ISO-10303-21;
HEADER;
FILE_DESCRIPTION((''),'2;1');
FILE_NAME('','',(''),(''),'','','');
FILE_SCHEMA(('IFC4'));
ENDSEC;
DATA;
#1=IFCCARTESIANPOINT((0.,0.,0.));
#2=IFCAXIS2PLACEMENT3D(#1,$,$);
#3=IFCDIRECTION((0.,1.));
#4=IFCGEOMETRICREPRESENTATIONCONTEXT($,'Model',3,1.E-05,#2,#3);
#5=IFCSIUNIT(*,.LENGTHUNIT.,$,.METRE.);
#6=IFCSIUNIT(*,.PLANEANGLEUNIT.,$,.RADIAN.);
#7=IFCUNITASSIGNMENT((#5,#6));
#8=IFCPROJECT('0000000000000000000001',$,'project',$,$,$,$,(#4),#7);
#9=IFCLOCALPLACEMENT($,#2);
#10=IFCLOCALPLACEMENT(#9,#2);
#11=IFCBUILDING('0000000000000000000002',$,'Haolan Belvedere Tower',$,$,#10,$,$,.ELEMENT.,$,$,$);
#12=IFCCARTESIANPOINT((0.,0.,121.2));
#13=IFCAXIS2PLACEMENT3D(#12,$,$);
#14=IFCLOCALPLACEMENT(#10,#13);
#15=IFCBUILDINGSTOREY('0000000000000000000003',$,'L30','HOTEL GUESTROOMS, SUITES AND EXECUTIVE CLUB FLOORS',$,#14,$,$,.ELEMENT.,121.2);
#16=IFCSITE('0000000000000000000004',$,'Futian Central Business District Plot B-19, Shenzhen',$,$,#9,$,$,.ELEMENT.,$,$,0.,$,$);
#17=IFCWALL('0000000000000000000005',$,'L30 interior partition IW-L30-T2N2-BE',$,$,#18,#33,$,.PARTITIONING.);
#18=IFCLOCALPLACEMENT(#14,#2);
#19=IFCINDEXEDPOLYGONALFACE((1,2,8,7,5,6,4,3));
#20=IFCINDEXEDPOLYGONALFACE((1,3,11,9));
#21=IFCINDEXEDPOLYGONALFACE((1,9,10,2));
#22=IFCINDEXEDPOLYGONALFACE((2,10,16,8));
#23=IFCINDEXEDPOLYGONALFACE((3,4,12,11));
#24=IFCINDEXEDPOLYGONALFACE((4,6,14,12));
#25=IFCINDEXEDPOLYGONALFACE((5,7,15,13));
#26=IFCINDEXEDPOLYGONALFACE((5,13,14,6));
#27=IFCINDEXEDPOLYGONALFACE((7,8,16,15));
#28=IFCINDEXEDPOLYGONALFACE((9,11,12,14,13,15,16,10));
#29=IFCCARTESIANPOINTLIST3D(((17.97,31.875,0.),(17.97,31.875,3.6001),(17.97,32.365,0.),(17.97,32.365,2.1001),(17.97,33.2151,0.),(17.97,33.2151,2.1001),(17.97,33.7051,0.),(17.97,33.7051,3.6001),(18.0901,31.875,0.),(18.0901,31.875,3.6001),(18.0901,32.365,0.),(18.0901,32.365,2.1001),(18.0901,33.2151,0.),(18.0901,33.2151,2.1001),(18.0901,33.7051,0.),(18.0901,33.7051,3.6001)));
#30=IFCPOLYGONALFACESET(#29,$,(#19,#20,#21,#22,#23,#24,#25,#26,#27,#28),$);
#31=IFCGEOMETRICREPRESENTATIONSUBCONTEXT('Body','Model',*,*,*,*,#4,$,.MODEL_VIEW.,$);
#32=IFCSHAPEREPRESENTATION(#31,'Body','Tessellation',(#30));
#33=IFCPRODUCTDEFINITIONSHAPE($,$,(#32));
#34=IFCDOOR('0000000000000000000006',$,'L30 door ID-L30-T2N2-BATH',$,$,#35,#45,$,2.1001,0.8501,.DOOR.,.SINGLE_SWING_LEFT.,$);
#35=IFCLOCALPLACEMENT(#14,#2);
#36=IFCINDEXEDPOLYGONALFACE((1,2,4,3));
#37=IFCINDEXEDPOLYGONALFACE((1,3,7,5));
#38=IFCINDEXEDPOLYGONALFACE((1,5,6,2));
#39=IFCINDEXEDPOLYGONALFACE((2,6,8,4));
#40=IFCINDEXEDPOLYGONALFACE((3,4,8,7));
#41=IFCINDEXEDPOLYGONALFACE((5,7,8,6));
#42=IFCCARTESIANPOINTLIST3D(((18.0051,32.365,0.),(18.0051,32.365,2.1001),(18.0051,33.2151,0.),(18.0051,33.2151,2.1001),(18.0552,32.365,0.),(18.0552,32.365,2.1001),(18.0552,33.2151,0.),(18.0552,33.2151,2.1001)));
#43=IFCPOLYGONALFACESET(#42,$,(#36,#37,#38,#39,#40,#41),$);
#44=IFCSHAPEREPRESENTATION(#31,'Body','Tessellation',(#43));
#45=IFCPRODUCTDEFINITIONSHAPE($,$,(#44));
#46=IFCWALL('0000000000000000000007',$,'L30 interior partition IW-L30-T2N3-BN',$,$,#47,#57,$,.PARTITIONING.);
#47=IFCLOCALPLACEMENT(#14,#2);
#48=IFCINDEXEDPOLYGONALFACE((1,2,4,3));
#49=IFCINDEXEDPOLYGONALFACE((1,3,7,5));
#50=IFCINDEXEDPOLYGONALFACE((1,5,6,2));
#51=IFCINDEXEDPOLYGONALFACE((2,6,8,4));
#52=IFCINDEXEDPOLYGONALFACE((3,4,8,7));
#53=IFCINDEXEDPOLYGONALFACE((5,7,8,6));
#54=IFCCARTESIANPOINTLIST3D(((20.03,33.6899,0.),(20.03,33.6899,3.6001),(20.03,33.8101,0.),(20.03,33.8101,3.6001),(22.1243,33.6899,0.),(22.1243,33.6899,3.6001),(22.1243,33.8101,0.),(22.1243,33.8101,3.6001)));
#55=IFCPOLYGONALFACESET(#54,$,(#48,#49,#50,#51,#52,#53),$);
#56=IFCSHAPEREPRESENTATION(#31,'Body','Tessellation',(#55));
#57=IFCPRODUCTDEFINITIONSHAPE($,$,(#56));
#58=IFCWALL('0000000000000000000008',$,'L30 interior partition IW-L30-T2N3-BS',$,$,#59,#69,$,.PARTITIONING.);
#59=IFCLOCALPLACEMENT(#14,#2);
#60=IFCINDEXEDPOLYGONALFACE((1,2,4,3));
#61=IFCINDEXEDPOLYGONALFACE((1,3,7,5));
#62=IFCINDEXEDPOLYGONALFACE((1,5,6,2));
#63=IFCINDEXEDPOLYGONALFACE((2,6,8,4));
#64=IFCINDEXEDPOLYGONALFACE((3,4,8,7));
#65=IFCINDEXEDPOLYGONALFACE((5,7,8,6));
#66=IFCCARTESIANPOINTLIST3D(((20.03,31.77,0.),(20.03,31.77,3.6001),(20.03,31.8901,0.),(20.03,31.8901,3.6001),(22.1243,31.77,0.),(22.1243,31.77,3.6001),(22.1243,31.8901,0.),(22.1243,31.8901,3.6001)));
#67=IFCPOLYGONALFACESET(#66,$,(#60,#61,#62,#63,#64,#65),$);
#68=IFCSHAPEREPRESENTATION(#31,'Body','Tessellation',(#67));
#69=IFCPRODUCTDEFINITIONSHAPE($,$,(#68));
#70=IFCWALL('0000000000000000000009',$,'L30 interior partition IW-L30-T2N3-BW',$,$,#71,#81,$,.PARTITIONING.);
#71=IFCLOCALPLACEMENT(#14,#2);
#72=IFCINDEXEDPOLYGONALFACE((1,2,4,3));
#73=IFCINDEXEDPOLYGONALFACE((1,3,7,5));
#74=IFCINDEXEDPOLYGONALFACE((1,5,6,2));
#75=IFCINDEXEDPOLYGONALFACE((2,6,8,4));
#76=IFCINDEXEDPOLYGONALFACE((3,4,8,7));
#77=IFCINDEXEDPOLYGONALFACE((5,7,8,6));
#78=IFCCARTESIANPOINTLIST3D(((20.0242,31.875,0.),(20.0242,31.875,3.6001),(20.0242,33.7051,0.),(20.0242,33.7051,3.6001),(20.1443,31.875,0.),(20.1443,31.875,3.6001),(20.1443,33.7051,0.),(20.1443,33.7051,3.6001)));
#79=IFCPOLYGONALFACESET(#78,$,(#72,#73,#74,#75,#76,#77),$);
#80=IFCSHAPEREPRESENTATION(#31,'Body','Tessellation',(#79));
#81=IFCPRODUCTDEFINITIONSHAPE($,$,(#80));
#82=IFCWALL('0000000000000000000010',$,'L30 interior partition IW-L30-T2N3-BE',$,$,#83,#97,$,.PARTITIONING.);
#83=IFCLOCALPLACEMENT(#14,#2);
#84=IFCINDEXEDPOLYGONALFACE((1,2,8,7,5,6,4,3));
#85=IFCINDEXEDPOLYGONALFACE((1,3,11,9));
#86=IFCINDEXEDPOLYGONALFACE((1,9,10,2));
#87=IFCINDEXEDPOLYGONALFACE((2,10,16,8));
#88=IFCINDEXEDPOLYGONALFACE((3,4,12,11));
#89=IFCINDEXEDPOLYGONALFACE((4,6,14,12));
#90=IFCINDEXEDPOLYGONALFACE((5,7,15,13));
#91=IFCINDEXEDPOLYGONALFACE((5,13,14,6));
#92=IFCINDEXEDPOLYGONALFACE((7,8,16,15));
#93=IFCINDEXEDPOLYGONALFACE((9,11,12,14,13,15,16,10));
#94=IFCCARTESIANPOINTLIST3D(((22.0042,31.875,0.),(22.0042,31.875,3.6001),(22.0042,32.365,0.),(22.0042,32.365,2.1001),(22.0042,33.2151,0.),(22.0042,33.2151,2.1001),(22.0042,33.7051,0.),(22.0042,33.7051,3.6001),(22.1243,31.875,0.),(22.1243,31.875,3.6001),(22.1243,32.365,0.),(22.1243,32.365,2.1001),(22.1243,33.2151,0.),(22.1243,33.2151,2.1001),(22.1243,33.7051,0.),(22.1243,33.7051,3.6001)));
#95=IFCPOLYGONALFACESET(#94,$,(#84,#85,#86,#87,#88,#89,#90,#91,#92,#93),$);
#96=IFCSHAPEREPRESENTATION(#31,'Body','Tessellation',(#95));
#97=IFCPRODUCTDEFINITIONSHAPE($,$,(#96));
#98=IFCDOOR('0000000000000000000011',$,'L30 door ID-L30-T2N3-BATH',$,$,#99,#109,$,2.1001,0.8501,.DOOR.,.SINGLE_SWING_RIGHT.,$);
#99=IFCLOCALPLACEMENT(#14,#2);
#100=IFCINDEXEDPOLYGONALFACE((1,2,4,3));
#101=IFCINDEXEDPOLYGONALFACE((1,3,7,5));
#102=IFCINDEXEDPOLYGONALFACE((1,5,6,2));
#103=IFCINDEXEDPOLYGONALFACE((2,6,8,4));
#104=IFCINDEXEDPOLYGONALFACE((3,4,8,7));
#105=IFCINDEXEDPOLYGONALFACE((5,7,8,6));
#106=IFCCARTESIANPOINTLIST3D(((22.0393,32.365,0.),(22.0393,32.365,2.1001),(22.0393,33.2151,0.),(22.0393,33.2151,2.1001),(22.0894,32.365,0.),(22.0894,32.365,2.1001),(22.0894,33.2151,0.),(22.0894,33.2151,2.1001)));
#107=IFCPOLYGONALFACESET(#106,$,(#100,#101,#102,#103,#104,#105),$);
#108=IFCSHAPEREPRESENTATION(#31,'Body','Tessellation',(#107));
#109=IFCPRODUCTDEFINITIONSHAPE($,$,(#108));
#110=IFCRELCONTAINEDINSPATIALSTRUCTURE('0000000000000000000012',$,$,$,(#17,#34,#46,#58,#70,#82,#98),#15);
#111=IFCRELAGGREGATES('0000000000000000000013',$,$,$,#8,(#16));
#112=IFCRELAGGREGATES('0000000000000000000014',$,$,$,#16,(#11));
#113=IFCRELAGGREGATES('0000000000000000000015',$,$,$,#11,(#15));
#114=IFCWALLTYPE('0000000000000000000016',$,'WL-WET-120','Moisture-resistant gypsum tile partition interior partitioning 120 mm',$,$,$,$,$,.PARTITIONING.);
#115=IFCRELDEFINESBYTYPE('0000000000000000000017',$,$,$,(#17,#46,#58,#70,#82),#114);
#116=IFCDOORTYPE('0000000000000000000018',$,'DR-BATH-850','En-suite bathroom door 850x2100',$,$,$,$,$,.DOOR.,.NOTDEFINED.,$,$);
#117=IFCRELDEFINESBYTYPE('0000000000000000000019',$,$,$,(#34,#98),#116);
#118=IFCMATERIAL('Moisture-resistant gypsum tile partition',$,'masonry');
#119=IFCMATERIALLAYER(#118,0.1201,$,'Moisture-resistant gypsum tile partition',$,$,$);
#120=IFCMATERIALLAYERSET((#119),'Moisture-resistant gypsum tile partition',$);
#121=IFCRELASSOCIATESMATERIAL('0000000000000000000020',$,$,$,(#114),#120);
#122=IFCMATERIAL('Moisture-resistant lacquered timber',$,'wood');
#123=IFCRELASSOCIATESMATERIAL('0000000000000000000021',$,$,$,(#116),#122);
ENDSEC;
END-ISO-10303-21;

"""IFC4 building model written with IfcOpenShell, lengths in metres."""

from ifc_helpers import new_model, si_unit, direction, frame, frame_2d, origin, place, context, subcontext, project, spatial, rectangle, extrude, material, layer, layer_set, type_object, element, fill, save


model = new_model("IFC4")

# Units and contexts
model_context = context("Model", 3, precision=1e-05, world=origin(), true_north=direction((0.0, 1.0)))
body_context = subcontext(model_context, "Body", "Model", "MODEL_VIEW")
ifc_project = project(units=[si_unit("LENGTHUNIT", "METRE"), si_unit("PLANEANGLEUNIT", "RADIAN")], contexts=[model_context])

# Site, building, storey
site_placement = place(None, origin())
site = spatial("IfcSite", under=ifc_project, at=site_placement, Name="Futian Central Business District Plot B-19, Shenzhen", CompositionType="ELEMENT", RefElevation=0.0)
building_placement = place(site_placement, origin())
building = spatial("IfcBuilding", under=site, at=building_placement, Name="Haolan Belvedere Tower", CompositionType="ELEMENT")
storey_placement = place(building_placement, frame((0.0, 0.0, 121.2)))
storey = spatial("IfcBuildingStorey", under=building, at=storey_placement, Name="L30", Description="HOTEL GUESTROOMS, SUITES AND EXECUTIVE CLUB FLOORS", CompositionType="ELEMENT", Elevation=121.2)

# Wall, opening, door
ifc_material_1 = material(Name="Moisture-resistant gypsum tile partition", Category="masonry")
ifc_layer_1 = layer(ifc_material_1, 0.1201, Name="Moisture-resistant gypsum tile partition")
ifc_layer_set_1 = layer_set([ifc_layer_1], Name="Moisture-resistant gypsum tile partition")
wall_type_1 = type_object("IfcWallType", Name="WL-WET-120", Description="Moisture-resistant gypsum tile partition interior partitioning 120 mm", PredefinedType="PARTITIONING", material=ifc_layer_set_1)
wall_1_placement = place(storey_placement, frame((18.03, 31.875, 0.0), z_axis=(0.0, 0.0, 1.0), x_axis=(0.0, 1.0, 0.0)))
wall_1 = element("IfcWall", 1, at=wall_1_placement, inside=storey, type_object=wall_type_1, Name="L30 interior partition IW-L30-T2N2-BE", PredefinedType="PARTITIONING", context=body_context, shape_type="SweptSolid", body=[
    extrude(rectangle(XDim=1.8301, YDim=0.1201, at=frame_2d((0.915, 0.0))), origin(), (0.0, 0.0, 1.0), 3.6001),
])
opening_1_placement = place(wall_1_placement, frame((0.49, 0.0, 0.0)))
opening_1 = element("IfcOpeningElement", 2, at=opening_1_placement, cuts=wall_1, PredefinedType="OPENING", context=body_context, shape_type="SweptSolid", body=[
    extrude(rectangle(XDim=0.8501, YDim=2.1001, at=frame_2d((0.425, 1.05))), frame((0.0, 0.0701, 0.0), z_axis=(0.0, -1.0, 0.0), x_axis=(1.0, 0.0, 0.0)), (0.0, 0.0, 1.0), 0.1401),
])
ifc_material_2 = material(Name="Moisture-resistant lacquered timber", Category="wood")
door_type_1 = type_object("IfcDoorType", Name="DR-BATH-850", Description="En-suite bathroom door 850x2100", OperationType="NOTDEFINED", PredefinedType="DOOR", material=ifc_material_2)
door_1_placement = place(opening_1_placement, origin())
door_1 = element("IfcDoor", 3, at=door_1_placement, inside=storey, type_object=door_type_1, Name="L30 door ID-L30-T2N2-BATH", OperationType="SINGLE_SWING_LEFT", OverallHeight=2.1001, OverallWidth=0.8501, PredefinedType="DOOR", context=body_context, shape_type="SweptSolid", body=[
    extrude(rectangle(XDim=0.8501, YDim=2.1001, at=frame_2d((0.425, 1.05))), frame((0.0, 0.0249, 0.0), z_axis=(0.0, -1.0, 0.0), x_axis=(1.0, 0.0, 0.0)), (0.0, 0.0, 1.0), 0.05),
])
fill(opening_1, door_1)

# Walls
for number, where, z_axis, x_axis, name in (
    (4, (20.03, 33.75, 0.0), (0.0, 0.0, 1.0), (1.0, 0.0, 0.0), "L30 interior partition IW-L30-T2N3-BN"),
    (5, (20.03, 31.8301, 0.0), (0.0, 0.0, 1.0), (1.0, 0.0, 0.0), "L30 interior partition IW-L30-T2N3-BS"),
):
    element("IfcWall", number, at=place(storey_placement, frame(where, z_axis=z_axis, x_axis=x_axis)), inside=storey, type_object=wall_type_1, Name=name, PredefinedType="PARTITIONING", context=body_context, shape_type="SweptSolid", body=[
        extrude(rectangle(XDim=2.0942, YDim=0.1201, at=frame_2d((1.0471, 0.0))), origin(), (0.0, 0.0, 1.0), 3.6001),
    ])
wall_2_placement = place(storey_placement, frame((20.0842, 31.875, 0.0), z_axis=(0.0, 0.0, 1.0), x_axis=(0.0, 1.0, 0.0)))
element("IfcWall", 6, at=wall_2_placement, inside=storey, type_object=wall_type_1, Name="L30 interior partition IW-L30-T2N3-BW", PredefinedType="PARTITIONING", context=body_context, shape_type="SweptSolid", body=[
    extrude(rectangle(XDim=1.8301, YDim=0.1201, at=frame_2d((0.915, 0.0))), origin(), (0.0, 0.0, 1.0), 3.6001),
])

# Wall, opening, door
wall_3_placement = place(storey_placement, frame((22.0642, 31.875, 0.0), z_axis=(0.0, 0.0, 1.0), x_axis=(0.0, 1.0, 0.0)))
wall_3 = element("IfcWall", 7, at=wall_3_placement, inside=storey, type_object=wall_type_1, Name="L30 interior partition IW-L30-T2N3-BE", PredefinedType="PARTITIONING", context=body_context, shape_type="SweptSolid", body=[
    extrude(rectangle(XDim=1.8301, YDim=0.1201, at=frame_2d((0.915, 0.0))), origin(), (0.0, 0.0, 1.0), 3.6001),
])
opening_2_placement = place(wall_3_placement, frame((0.49, 0.0, 0.0)))
opening_2 = element("IfcOpeningElement", 8, at=opening_2_placement, cuts=wall_3, PredefinedType="OPENING", context=body_context, shape_type="SweptSolid", body=[
    extrude(rectangle(XDim=0.8501, YDim=2.1001, at=frame_2d((0.425, 1.05))), frame((0.0, 0.0701, 0.0), z_axis=(0.0, -1.0, 0.0), x_axis=(1.0, 0.0, 0.0)), (0.0, 0.0, 1.0), 0.1401),
])
door_2_placement = place(opening_2_placement, origin())
door_2 = element("IfcDoor", 9, at=door_2_placement, inside=storey, type_object=door_type_1, Name="L30 door ID-L30-T2N3-BATH", OperationType="SINGLE_SWING_RIGHT", OverallHeight=2.1001, OverallWidth=0.8501, PredefinedType="DOOR", context=body_context, shape_type="SweptSolid", body=[
    extrude(rectangle(XDim=0.8501, YDim=2.1001, at=frame_2d((0.425, 1.05))), frame((0.0, 0.0249, 0.0), z_axis=(0.0, -1.0, 0.0), x_axis=(1.0, 0.0, 0.0)), (0.0, 0.0, 1.0), 0.05),
])
fill(opening_2, door_2)

save(model, "model.ifc")
